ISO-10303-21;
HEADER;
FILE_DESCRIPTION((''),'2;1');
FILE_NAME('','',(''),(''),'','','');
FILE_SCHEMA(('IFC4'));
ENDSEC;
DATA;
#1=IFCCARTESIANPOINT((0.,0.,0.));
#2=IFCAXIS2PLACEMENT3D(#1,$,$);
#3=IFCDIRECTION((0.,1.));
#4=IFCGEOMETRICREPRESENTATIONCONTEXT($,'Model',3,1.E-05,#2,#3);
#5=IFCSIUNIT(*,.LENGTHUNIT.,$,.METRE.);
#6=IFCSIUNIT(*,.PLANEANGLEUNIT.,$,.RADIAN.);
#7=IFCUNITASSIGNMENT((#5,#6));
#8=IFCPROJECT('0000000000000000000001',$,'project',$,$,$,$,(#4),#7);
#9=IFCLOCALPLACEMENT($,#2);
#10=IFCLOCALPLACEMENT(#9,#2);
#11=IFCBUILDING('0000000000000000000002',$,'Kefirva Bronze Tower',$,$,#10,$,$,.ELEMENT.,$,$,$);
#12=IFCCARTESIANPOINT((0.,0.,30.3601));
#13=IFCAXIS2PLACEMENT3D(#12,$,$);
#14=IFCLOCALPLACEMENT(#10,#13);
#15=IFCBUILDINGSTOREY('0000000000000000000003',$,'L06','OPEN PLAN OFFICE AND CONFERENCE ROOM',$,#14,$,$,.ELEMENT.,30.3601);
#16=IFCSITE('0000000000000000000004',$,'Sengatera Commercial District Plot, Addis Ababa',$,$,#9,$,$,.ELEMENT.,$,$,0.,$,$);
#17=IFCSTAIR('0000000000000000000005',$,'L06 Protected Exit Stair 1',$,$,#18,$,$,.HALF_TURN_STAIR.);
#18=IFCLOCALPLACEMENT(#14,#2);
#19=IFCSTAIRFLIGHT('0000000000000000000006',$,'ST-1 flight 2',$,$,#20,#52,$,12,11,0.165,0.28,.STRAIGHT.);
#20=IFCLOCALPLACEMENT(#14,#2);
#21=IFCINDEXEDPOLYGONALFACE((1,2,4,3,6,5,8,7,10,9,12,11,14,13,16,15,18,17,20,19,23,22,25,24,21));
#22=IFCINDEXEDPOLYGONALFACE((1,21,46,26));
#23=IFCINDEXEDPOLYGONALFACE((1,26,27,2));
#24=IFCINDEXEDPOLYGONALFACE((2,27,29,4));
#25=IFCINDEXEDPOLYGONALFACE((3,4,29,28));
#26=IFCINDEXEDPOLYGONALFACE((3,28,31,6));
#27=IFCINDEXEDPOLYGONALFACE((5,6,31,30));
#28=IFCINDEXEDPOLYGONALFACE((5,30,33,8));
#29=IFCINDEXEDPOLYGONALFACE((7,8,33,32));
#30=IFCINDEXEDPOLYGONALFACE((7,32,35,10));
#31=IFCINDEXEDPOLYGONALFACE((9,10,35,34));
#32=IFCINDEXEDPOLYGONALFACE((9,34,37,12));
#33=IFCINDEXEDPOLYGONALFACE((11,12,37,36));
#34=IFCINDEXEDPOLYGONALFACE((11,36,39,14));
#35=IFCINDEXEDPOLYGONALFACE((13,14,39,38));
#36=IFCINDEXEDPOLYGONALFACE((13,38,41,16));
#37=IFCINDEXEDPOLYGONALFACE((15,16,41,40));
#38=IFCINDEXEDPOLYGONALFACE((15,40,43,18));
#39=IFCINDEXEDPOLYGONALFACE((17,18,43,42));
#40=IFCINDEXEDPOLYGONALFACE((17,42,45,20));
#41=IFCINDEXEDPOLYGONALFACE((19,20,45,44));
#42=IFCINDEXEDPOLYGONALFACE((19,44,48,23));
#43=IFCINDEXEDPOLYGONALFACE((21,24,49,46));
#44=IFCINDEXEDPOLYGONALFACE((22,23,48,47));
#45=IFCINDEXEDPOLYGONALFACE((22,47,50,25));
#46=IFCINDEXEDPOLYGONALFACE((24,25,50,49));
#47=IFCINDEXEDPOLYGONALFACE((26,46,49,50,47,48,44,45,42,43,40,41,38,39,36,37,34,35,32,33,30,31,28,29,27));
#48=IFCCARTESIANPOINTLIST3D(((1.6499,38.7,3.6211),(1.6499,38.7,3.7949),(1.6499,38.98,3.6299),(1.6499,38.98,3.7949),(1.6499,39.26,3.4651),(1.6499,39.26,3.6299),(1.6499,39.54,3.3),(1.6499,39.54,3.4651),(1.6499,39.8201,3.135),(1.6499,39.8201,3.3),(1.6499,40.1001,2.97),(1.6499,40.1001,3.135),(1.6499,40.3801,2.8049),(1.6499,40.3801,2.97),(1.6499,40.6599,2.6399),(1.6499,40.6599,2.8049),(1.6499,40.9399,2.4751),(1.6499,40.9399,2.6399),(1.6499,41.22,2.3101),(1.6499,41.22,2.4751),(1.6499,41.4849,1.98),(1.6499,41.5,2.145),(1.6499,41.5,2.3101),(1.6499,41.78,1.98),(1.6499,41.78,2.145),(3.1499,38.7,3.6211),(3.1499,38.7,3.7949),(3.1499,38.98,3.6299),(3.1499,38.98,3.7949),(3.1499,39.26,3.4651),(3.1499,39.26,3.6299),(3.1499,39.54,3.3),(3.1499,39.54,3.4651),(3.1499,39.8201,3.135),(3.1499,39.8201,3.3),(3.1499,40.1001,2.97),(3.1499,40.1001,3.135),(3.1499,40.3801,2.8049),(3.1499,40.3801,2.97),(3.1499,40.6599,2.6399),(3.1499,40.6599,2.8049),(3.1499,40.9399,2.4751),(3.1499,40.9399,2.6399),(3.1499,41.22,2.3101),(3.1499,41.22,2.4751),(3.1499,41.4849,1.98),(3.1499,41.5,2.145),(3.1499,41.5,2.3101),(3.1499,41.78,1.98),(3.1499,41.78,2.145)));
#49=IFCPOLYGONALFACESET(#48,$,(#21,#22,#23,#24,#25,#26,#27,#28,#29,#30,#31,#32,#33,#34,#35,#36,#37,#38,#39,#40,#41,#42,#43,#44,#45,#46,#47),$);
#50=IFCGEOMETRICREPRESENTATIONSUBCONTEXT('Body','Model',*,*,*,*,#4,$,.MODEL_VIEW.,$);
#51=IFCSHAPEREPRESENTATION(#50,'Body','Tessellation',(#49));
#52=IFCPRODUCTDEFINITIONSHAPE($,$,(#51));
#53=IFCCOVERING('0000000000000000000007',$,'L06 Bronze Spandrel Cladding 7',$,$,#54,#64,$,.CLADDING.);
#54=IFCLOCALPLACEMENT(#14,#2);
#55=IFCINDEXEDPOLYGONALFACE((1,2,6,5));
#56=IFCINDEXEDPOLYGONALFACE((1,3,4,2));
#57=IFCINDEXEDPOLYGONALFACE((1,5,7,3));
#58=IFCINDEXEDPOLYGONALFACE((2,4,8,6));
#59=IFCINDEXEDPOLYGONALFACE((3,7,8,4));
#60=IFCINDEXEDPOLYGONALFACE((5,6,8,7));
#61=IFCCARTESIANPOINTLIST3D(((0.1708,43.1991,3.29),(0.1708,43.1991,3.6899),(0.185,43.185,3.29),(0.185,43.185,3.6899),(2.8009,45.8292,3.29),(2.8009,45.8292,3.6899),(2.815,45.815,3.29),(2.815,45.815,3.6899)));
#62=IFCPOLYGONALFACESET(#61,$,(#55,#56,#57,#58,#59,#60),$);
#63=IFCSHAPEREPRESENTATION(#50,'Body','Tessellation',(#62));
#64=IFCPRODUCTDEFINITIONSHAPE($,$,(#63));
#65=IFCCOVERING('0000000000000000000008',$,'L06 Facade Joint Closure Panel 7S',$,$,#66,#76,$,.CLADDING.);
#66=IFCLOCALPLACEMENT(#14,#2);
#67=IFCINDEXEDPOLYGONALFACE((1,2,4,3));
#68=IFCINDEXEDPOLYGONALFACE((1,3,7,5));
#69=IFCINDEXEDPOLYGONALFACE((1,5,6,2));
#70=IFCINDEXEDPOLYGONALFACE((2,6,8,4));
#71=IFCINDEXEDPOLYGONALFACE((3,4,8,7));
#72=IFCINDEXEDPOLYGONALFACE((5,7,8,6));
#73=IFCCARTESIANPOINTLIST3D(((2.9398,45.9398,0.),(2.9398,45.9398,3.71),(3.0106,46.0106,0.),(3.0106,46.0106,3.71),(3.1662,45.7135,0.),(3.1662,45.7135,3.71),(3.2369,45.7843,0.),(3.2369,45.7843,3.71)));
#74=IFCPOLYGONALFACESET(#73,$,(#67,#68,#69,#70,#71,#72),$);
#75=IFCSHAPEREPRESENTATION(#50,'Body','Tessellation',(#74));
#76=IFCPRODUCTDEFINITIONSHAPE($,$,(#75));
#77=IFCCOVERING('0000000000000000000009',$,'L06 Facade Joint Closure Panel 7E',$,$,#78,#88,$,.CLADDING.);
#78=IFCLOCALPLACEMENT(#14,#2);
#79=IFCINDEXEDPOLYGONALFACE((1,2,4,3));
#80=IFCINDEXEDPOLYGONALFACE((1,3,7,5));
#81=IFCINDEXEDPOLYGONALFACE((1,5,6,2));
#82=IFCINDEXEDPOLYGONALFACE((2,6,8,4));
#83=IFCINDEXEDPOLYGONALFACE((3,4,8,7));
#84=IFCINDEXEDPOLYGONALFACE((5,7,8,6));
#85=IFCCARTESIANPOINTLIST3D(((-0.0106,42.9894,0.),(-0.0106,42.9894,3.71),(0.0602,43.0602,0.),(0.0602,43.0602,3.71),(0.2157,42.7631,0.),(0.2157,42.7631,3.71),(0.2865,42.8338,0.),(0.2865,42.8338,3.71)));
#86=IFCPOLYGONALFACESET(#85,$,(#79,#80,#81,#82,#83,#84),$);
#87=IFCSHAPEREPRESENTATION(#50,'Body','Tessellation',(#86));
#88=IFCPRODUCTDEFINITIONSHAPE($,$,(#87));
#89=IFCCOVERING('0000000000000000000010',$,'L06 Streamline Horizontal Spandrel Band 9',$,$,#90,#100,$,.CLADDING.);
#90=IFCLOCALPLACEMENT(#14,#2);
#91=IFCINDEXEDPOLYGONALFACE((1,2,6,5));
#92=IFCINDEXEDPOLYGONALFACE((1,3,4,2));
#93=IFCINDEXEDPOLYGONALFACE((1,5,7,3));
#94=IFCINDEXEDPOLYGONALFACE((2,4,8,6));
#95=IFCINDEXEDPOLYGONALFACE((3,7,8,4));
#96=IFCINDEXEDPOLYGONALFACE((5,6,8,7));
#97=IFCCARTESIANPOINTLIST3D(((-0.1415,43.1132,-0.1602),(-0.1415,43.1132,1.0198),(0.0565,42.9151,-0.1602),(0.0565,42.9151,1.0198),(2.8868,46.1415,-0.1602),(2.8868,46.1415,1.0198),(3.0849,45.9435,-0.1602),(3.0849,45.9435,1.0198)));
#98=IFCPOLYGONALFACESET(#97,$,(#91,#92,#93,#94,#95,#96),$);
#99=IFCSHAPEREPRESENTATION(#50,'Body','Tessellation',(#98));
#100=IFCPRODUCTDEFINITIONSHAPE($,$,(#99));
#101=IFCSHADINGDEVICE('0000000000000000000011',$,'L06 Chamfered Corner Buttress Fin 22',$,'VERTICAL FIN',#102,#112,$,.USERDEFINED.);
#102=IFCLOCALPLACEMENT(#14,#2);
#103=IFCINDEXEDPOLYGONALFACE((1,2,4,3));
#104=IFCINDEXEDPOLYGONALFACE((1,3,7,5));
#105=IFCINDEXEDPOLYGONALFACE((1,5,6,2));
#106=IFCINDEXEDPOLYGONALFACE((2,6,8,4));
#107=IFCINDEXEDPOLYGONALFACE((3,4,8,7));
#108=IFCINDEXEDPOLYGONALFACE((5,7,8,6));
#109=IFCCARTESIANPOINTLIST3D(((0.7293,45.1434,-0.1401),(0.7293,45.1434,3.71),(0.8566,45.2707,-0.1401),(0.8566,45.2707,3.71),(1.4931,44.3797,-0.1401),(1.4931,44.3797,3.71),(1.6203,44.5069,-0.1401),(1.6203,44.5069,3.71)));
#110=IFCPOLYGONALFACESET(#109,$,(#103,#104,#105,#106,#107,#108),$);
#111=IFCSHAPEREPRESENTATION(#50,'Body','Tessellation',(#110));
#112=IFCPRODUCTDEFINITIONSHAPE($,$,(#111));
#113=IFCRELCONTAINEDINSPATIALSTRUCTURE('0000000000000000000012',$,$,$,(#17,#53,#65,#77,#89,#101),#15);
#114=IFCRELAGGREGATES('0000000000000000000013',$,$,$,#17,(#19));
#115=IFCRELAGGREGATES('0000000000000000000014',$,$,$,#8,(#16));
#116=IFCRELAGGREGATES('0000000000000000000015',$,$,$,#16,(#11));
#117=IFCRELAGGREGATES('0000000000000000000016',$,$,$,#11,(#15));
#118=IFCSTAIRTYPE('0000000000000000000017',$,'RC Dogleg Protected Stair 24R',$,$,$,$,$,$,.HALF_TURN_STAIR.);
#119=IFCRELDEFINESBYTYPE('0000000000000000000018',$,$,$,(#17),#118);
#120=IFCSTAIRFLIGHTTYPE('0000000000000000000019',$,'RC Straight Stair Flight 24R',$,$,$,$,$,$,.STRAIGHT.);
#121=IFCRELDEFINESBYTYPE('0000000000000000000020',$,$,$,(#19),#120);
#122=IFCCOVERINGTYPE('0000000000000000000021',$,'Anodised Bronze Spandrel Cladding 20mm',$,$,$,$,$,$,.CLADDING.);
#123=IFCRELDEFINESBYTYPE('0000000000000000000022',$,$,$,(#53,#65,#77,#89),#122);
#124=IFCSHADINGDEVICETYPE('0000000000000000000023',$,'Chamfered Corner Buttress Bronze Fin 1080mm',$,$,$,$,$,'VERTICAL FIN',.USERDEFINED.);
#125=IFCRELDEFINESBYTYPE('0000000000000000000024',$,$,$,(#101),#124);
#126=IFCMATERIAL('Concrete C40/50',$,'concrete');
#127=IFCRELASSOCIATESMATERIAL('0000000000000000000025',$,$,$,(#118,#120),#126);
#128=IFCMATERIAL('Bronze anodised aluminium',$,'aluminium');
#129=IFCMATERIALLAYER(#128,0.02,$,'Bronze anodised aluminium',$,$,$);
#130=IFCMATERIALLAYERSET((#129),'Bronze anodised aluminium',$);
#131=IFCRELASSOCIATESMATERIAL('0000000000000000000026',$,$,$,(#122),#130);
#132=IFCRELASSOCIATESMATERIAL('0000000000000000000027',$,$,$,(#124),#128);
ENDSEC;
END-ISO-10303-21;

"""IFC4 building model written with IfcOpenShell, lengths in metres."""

from ifc_helpers import new_model, si_unit, direction, frame, origin, origin_2d, place, context, subcontext, project, spatial, polyline, rectangle, outline, extrude, material, layer, layer_set, material_profile, profile_set, type_object, element, aggregate, save


model = new_model("IFC4")

# Units and contexts
model_context = context("Model", 3, precision=1e-05, world=origin(), true_north=direction((0.0, 1.0)))
body_context = subcontext(model_context, "Body", "Model", "MODEL_VIEW")
ifc_project = project(units=[si_unit("LENGTHUNIT", "METRE"), si_unit("PLANEANGLEUNIT", "RADIAN")], contexts=[model_context])

# Site, building, storey
site_placement = place(None, origin())
site = spatial("IfcSite", under=ifc_project, at=site_placement, Name="Sengatera Commercial District Plot, Addis Ababa", CompositionType="ELEMENT", RefElevation=0.0)
building_placement = place(site_placement, origin())
building = spatial("IfcBuilding", under=site, at=building_placement, Name="Kefirva Bronze Tower", CompositionType="ELEMENT")
storey_placement = place(building_placement, frame((0.0, 0.0, 30.3601)))
storey = spatial("IfcBuildingStorey", under=building, at=storey_placement, Name="L06", Description="OPEN PLAN OFFICE AND CONFERENCE ROOM", CompositionType="ELEMENT", Elevation=30.3601)

# Shared definitions
ifc_material_1 = material(Name="Bronze anodised aluminium", Category="aluminium")

# Stair, stair flight
ifc_material_2 = material(Name="Concrete C40/50", Category="concrete")
stair_type = type_object("IfcStairType", Name="RC Dogleg Protected Stair 24R", PredefinedType="HALF_TURN_STAIR", material=ifc_material_2)
stair_placement = place(storey_placement, origin())
stair = element("IfcStair", 1, at=stair_placement, inside=storey, type_object=stair_type, Name="L06 Protected Exit Stair 1", PredefinedType="HALF_TURN_STAIR")
stair_flight_type = type_object("IfcStairFlightType", Name="RC Straight Stair Flight 24R", PredefinedType="STRAIGHT", material=ifc_material_2)
stair_flight_placement = place(storey_placement, frame((2.3999, 41.78, 1.98), z_axis=(0.0, 0.0, 1.0), x_axis=(0.0, -1.0, 0.0)))
stair_flight = element("IfcStairFlight", 2, at=stair_flight_placement, type_object=stair_flight_type, Name="ST-1 flight 2", NumberOfRisers=12, NumberOfTreads=11, PredefinedType="STRAIGHT", RiserHeight=0.165, TreadLength=0.28, context=body_context, shape_type="SweptSolid", body=[
    extrude(outline(polyline([(0.0, 0.0), (0.0, 0.165), (0.28, 0.165), (0.28, 0.3301), (0.5601, 0.3301), (0.5601, 0.4951), (0.8401, 0.4951), (0.8401, 0.6599), (1.1201, 0.6599), (1.1201, 0.825), (1.3999, 0.825), (1.3999, 0.99), (1.6799, 0.99), (1.6799, 1.155), (1.96, 1.155), (1.96, 1.3201), (2.24, 1.3201), (2.24, 1.4851), (2.52, 1.4851), (2.52, 1.6499), (2.8, 1.6499), (2.8, 1.8149), (3.0801, 1.8149), (3.0801, 1.98), (3.0801, 1.6411), (0.2952, 0.0), (0.0, 0.0)])), frame((0.0, 0.75, 0.0), z_axis=(0.0, -1.0, 0.0), x_axis=(1.0, 0.0, 0.0)), (0.0, 0.0, 1.0), 1.5),
])
aggregate(stair, [stair_flight])

# Coverings
ifc_layer_1 = layer(ifc_material_1, 0.02, Name="Bronze anodised aluminium")
ifc_layer_set_1 = layer_set([ifc_layer_1], Name="Bronze anodised aluminium")
covering_type_1 = type_object("IfcCoveringType", Name="Anodised Bronze Spandrel Cladding 20mm", PredefinedType="CLADDING", material=ifc_layer_set_1)
covering_1_placement = place(storey_placement, frame((1.4929, 44.5071, 3.29), z_axis=(0.0, 0.0, 1.0), x_axis=(-0.707107, -0.707107, 0.0)))
element("IfcCovering", 3, at=covering_1_placement, inside=storey, type_object=covering_type_1, Name="L06 Bronze Spandrel Cladding 7", PredefinedType="CLADDING", context=body_context, shape_type="SweptSolid", body=[
    extrude(rectangle(XDim=3.7195, YDim=0.02, at=origin_2d()), origin(), (0.0, 0.0, 1.0), 0.3999),
])
for number, where, z_axis, x_axis, name in (
    (4, (3.0884, 45.8621, 0.0), (0.0, 0.0, 1.0), (-0.707107, -0.707107, 0.0), "L06 Facade Joint Closure Panel 7S"),
    (5, (0.1379, 42.9116, 0.0), (0.0, 0.0, 1.0), (-0.707107, -0.707107, 0.0), "L06 Facade Joint Closure Panel 7E"),
):
    element("IfcCovering", number, at=place(storey_placement, frame(where, z_axis=z_axis, x_axis=x_axis)), inside=storey, type_object=covering_type_1, Name=name, PredefinedType="CLADDING", context=body_context, shape_type="SweptSolid", body=[
        extrude(rectangle(XDim=0.1001, YDim=0.3201, at=origin_2d()), origin(), (0.0, 0.0, 1.0), 3.71),
    ])
covering_2_placement = place(storey_placement, frame((1.4717, 44.5283, -0.1602), z_axis=(0.0, 0.0, 1.0), x_axis=(-0.707107, -0.707107, 0.0)))
element("IfcCovering", 6, at=covering_2_placement, inside=storey, type_object=covering_type_1, Name="L06 Streamline Horizontal Spandrel Band 9", PredefinedType="CLADDING", context=body_context, shape_type="SweptSolid", body=[
    extrude(rectangle(XDim=4.2827, YDim=0.28, at=origin_2d()), origin(), (0.0, 0.0, 1.0), 1.1799),
])

# Shading device
ifc_material_profile_1 = material_profile(ifc_material_1, rectangle(XDim=0.1799, YDim=1.0801, at=origin_2d()), Name="BRONZE BUTTRESS FIN 180x1080")
ifc_profile_set_1 = profile_set([ifc_material_profile_1], Name="Bronze anodised aluminium")
shading_device_type = type_object("IfcShadingDeviceType", Name="Chamfered Corner Buttress Bronze Fin 1080mm", ElementType="VERTICAL FIN", PredefinedType="USERDEFINED", material=ifc_profile_set_1)
shading_device_placement = place(storey_placement, frame((1.1748, 44.8252, -0.1401), z_axis=(0.0, 0.0, 1.0), x_axis=(-0.707107, -0.707107, 0.0)))
element("IfcShadingDevice", 7, at=shading_device_placement, inside=storey, type_object=shading_device_type, Name="L06 Chamfered Corner Buttress Fin 22", ObjectType="VERTICAL FIN", PredefinedType="USERDEFINED", context=body_context, shape_type="SweptSolid", body=[
    extrude(rectangle(XDim=0.1799, YDim=1.0801, at=origin_2d()), origin(), (0.0, 0.0, 1.0), 3.8501),
])

save(model, "model.ifc")
